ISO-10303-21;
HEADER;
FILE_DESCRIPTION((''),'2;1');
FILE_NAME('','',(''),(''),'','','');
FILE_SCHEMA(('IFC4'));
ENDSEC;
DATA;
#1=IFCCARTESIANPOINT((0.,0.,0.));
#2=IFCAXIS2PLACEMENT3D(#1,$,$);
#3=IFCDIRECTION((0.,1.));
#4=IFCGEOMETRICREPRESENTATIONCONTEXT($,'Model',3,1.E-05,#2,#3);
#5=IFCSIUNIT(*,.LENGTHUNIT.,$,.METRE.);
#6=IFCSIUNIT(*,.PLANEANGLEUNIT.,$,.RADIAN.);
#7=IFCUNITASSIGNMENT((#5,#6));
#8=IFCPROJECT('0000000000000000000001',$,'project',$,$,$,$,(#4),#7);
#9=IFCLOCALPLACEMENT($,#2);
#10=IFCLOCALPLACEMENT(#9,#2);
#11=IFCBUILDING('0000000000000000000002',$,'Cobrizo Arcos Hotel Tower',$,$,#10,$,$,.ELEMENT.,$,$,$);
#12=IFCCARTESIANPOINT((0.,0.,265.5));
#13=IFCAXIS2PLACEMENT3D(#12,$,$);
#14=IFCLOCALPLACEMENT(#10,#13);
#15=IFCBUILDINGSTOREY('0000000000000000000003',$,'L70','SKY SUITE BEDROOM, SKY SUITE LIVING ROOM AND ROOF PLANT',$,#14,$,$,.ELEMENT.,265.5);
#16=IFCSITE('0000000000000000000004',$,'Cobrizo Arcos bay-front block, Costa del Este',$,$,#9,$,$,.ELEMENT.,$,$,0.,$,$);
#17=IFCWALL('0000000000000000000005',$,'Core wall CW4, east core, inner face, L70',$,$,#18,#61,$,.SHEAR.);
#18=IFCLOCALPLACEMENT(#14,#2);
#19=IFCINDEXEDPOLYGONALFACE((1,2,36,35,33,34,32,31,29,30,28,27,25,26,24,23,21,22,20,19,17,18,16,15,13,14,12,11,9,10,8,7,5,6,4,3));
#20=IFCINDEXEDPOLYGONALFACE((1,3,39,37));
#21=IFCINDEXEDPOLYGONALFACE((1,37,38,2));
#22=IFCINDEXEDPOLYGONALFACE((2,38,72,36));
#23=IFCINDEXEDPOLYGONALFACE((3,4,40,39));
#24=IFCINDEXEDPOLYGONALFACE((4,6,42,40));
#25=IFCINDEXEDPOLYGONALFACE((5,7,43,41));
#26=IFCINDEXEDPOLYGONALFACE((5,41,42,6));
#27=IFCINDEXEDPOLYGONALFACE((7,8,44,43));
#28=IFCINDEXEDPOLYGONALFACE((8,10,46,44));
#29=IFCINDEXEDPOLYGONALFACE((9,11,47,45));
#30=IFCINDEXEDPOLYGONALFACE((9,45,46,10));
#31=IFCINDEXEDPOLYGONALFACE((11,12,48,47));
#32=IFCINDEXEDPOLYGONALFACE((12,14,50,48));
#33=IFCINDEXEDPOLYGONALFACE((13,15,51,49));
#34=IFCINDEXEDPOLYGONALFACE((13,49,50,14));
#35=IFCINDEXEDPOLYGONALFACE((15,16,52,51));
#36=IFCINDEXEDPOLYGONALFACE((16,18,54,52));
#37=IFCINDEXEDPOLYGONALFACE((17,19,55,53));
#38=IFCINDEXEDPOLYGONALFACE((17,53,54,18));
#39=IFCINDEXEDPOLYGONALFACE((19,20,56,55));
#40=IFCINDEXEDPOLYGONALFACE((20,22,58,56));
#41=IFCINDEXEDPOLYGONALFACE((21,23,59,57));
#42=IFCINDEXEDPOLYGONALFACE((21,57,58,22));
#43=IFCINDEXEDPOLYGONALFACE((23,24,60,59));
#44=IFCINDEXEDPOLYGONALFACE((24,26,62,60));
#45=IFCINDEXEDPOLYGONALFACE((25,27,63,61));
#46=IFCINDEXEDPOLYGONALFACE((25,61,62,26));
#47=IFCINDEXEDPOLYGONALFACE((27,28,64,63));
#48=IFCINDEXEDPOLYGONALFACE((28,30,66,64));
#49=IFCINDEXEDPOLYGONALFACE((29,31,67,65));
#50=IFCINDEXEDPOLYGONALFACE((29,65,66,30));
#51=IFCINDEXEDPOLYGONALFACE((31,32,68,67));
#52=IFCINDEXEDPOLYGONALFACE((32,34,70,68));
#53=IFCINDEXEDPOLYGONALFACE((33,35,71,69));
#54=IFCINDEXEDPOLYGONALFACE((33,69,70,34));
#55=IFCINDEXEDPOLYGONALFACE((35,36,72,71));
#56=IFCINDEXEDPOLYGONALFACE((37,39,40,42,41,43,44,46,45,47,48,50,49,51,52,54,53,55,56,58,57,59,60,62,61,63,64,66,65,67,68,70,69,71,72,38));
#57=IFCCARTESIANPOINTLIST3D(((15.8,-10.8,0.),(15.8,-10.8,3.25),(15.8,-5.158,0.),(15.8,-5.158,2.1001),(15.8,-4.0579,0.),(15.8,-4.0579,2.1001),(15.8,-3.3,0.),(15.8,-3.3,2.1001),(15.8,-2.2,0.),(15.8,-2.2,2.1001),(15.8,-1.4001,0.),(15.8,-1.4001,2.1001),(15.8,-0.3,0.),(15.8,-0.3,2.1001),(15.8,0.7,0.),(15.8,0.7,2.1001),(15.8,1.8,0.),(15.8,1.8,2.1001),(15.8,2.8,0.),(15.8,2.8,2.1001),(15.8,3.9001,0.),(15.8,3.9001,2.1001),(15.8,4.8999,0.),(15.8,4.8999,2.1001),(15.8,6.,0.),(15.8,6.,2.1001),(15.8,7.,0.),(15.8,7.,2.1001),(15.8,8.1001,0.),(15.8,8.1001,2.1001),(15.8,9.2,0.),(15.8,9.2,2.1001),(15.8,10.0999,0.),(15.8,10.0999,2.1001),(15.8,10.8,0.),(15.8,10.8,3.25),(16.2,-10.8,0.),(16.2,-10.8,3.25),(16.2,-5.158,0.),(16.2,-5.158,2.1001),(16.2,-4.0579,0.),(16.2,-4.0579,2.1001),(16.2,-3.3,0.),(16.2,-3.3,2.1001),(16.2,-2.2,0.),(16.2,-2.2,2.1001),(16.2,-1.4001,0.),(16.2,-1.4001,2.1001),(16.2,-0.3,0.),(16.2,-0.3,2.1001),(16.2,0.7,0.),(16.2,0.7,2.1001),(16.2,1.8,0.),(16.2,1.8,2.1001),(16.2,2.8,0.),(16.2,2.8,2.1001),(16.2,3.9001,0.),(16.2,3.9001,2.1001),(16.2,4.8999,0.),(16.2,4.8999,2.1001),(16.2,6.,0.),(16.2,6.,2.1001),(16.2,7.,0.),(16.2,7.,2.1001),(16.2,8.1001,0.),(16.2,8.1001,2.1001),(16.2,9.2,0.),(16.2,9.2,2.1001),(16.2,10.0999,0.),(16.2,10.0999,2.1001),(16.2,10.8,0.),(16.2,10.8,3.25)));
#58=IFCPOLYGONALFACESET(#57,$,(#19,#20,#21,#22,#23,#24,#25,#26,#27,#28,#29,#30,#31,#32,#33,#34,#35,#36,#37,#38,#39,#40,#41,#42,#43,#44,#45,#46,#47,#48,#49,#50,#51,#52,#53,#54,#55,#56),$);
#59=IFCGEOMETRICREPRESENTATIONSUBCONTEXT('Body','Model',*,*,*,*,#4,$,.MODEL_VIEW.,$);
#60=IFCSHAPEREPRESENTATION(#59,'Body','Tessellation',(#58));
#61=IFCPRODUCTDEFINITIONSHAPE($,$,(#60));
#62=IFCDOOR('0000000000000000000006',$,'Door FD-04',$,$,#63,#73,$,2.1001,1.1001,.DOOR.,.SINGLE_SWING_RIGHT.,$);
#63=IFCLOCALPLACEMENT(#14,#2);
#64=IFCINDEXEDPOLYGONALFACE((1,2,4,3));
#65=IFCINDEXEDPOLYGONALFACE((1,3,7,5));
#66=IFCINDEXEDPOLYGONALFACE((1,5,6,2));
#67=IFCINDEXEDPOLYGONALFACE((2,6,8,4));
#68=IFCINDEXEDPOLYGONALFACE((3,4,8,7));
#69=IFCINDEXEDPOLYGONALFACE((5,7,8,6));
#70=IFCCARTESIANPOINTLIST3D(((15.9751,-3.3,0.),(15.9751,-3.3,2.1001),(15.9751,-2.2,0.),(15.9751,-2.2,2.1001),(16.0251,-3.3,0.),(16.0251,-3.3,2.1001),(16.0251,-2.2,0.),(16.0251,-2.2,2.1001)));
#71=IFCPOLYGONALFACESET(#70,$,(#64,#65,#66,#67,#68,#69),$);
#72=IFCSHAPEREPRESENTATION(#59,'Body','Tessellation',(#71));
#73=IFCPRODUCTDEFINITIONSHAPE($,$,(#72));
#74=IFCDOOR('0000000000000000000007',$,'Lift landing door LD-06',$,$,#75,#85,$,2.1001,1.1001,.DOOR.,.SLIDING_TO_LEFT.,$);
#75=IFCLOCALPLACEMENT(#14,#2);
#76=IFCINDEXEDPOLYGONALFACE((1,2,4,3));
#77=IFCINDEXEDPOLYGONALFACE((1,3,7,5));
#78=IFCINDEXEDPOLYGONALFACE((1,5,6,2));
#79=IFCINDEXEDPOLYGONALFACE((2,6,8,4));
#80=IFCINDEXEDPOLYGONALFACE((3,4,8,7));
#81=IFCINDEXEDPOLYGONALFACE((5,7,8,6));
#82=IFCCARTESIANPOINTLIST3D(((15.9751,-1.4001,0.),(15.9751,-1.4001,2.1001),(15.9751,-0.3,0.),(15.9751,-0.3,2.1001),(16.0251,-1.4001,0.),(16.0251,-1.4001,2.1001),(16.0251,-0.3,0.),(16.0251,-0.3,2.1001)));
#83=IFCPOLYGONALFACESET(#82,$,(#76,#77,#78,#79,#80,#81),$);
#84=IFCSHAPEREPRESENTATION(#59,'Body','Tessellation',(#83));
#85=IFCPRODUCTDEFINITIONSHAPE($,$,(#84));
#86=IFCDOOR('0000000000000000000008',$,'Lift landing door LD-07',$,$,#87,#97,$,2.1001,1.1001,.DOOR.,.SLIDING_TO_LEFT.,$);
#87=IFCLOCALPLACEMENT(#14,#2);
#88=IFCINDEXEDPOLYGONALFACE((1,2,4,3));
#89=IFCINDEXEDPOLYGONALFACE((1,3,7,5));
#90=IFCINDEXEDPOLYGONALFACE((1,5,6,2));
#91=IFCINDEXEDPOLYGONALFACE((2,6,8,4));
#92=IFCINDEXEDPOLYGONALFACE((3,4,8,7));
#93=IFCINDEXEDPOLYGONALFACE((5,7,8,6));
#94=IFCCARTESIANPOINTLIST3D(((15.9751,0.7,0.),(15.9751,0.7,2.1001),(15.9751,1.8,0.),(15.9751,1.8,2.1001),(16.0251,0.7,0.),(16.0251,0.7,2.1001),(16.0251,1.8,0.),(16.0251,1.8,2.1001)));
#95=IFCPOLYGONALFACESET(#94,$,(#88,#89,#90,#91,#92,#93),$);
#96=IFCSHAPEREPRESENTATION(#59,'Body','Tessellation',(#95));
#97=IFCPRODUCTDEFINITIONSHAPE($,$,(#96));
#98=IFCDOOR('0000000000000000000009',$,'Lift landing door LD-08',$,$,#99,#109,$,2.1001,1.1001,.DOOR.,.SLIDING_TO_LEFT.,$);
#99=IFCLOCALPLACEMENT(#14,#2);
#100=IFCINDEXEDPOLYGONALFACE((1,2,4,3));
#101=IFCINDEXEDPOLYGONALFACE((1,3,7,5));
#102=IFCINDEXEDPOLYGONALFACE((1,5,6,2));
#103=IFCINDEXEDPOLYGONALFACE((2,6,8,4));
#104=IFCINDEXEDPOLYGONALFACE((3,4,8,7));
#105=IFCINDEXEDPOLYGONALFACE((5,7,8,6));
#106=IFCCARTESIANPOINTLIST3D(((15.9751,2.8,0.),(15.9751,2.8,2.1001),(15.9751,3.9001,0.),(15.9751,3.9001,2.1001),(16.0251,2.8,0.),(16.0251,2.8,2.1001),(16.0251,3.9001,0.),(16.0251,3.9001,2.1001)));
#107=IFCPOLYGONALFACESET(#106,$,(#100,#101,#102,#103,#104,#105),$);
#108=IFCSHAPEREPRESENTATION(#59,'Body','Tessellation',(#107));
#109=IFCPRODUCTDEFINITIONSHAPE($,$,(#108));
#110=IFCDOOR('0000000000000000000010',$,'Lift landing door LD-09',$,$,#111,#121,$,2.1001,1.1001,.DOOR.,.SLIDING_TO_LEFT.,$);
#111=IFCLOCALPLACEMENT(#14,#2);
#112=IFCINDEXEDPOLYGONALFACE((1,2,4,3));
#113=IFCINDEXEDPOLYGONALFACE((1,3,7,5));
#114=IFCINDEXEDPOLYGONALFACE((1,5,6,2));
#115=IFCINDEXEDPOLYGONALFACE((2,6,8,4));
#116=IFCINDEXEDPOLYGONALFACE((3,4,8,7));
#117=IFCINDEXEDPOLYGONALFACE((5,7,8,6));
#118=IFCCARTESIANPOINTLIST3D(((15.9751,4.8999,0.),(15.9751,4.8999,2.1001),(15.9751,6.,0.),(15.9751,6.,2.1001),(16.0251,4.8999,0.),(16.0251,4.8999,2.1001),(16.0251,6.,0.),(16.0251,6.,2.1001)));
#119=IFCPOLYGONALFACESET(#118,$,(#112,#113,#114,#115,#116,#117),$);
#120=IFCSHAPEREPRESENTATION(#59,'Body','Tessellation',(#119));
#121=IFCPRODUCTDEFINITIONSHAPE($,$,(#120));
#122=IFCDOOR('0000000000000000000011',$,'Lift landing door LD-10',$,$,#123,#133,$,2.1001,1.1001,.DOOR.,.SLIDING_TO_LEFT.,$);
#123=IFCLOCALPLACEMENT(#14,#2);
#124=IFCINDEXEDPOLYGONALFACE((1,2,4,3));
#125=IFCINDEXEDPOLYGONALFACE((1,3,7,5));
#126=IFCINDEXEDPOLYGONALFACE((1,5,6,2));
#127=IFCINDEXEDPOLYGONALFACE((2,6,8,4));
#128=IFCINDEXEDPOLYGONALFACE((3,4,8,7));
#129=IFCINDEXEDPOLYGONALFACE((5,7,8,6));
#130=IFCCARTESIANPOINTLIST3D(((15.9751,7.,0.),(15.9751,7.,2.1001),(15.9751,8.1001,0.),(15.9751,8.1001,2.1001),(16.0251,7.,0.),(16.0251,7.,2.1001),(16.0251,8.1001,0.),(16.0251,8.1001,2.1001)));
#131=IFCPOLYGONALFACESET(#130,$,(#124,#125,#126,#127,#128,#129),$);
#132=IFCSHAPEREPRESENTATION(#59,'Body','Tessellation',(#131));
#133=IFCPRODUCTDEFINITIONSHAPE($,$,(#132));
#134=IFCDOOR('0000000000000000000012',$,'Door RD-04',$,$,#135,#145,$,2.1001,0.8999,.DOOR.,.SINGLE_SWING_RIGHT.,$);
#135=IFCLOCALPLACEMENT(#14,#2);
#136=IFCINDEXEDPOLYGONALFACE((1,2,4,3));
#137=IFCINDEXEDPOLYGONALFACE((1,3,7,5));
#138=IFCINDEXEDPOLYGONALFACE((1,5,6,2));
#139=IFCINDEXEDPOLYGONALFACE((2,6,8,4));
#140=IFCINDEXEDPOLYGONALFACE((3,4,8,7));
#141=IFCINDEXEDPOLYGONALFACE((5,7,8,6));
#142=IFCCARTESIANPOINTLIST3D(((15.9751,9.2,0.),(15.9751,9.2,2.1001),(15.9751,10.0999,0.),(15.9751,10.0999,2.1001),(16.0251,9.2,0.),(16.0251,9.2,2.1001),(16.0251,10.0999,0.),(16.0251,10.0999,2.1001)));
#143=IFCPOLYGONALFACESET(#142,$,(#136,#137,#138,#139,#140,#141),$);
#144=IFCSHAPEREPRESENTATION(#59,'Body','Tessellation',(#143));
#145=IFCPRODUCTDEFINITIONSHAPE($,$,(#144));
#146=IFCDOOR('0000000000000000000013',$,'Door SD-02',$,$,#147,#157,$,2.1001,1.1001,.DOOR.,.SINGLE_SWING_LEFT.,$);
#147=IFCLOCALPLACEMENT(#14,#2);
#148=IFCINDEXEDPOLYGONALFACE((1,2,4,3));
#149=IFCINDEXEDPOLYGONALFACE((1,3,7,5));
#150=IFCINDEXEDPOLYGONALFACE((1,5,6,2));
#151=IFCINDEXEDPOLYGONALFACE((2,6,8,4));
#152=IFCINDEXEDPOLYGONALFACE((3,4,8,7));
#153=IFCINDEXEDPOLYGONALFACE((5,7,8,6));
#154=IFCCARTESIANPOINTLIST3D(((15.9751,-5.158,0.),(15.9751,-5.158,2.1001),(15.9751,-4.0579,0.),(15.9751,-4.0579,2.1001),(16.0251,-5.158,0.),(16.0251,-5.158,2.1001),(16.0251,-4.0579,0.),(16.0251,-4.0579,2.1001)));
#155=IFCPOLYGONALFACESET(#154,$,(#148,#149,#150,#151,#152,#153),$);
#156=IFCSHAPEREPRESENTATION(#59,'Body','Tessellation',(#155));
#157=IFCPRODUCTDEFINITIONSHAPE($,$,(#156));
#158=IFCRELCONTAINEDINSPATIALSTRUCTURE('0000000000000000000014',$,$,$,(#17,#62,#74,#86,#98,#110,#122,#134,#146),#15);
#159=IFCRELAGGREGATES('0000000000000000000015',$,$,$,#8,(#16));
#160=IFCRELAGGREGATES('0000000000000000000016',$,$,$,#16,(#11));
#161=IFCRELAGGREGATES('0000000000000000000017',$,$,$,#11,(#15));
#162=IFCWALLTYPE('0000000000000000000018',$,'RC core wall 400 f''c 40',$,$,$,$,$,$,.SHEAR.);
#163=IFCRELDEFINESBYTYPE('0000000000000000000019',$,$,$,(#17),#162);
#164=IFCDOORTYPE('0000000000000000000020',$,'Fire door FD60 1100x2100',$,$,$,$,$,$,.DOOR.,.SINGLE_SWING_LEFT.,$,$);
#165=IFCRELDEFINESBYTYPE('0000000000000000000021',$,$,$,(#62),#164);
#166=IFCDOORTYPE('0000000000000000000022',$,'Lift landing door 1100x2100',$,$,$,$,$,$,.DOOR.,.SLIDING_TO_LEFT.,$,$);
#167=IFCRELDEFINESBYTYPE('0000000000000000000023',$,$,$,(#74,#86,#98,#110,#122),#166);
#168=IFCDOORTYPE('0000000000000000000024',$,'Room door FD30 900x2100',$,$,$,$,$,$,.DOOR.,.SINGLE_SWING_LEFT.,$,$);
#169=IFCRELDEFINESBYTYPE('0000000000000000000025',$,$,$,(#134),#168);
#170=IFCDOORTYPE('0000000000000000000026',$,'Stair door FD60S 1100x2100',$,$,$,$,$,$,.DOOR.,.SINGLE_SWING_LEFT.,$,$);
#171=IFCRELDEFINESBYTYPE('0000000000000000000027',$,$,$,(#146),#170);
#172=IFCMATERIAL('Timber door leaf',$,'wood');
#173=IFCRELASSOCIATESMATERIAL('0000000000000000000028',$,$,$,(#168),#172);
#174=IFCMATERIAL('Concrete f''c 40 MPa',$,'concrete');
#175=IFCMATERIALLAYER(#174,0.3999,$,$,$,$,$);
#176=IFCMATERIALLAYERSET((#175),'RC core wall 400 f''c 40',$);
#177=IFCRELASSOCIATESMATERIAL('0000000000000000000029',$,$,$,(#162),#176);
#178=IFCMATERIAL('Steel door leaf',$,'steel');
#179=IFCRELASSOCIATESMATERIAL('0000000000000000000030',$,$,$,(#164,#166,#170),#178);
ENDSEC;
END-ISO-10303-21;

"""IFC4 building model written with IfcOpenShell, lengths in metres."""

from ifc_helpers import new_model, si_unit, direction, frame, frame_2d, origin, place, context, subcontext, project, spatial, rectangle, extrude, material, layer, layer_set, type_object, element, fill, save


model = new_model("IFC4")

# Units and contexts
model_context = context("Model", 3, precision=1e-05, world=origin(), true_north=direction((0.0, 1.0)))
body_context = subcontext(model_context, "Body", "Model", "MODEL_VIEW")
ifc_project = project(units=[si_unit("LENGTHUNIT", "METRE"), si_unit("PLANEANGLEUNIT", "RADIAN")], contexts=[model_context])

# Site, building, storey
site_placement = place(None, origin())
site = spatial("IfcSite", under=ifc_project, at=site_placement, Name="Cobrizo Arcos bay-front block, Costa del Este", CompositionType="ELEMENT", RefElevation=0.0)
building_placement = place(site_placement, origin())
building = spatial("IfcBuilding", under=site, at=building_placement, Name="Cobrizo Arcos Hotel Tower", CompositionType="ELEMENT")
storey_placement = place(building_placement, frame((0.0, 0.0, 265.5)))
storey = spatial("IfcBuildingStorey", under=building, at=storey_placement, Name="L70", Description="SKY SUITE BEDROOM, SKY SUITE LIVING ROOM AND ROOF PLANT", CompositionType="ELEMENT", Elevation=265.5)

# Shared definitions
ifc_material_1 = material(Name="Timber door leaf", Category="wood")
door_type_1 = type_object("IfcDoorType", Name="Room door FD30 900x2100", OperationType="SINGLE_SWING_LEFT", PredefinedType="DOOR", material=ifc_material_1)

# Wall, openings, doors
ifc_material_2 = material(Name="Concrete f'c 40 MPa", Category="concrete")
ifc_layer_1 = layer(ifc_material_2, 0.3999)
ifc_layer_set_1 = layer_set([ifc_layer_1], Name="RC core wall 400 f'c 40")
wall_type_1 = type_object("IfcWallType", Name="RC core wall 400 f'c 40", PredefinedType="SHEAR", material=ifc_layer_set_1)
wall_1_placement = place(storey_placement, frame((16.0, -10.8, 0.0), z_axis=(0.0, 0.0, 1.0), x_axis=(0.0, 1.0, 0.0)))
wall_1 = element("IfcWall", 1, at=wall_1_placement, inside=storey, type_object=wall_type_1, Name="Core wall CW4, east core, inner face, L70", PredefinedType="SHEAR", context=body_context, shape_type="SweptSolid", body=[
    extrude(rectangle(XDim=21.6001, YDim=0.3999, at=frame_2d((10.8, 0.0))), origin(), (0.0, 0.0, 1.0), 3.25),
])
opening_1_placement = place(wall_1_placement, frame((9.3999, 0.0, 0.0)))
opening_1 = element("IfcOpeningElement", 2, at=opening_1_placement, cuts=wall_1, PredefinedType="OPENING", context=body_context, shape_type="SweptSolid", body=[
    extrude(rectangle(XDim=1.1001, YDim=2.1001, at=frame_2d((0.55, 1.05))), frame((0.0, 0.2119, 0.0), z_axis=(0.0, -1.0, 0.0), x_axis=(1.0, 0.0, 0.0)), (0.0, 0.0, 1.0), 0.4238),
])
opening_2_placement = place(wall_1_placement, frame((11.5, 0.0, 0.0)))
opening_2 = element("IfcOpeningElement", 3, at=opening_2_placement, cuts=wall_1, PredefinedType="OPENING", context=body_context, shape_type="SweptSolid", body=[
    extrude(rectangle(XDim=1.1001, YDim=2.1001, at=frame_2d((0.55, 1.05))), frame((0.0, 0.2119, 0.0), z_axis=(0.0, -1.0, 0.0), x_axis=(1.0, 0.0, 0.0)), (0.0, 0.0, 1.0), 0.4238),
])
opening_3_placement = place(wall_1_placement, frame((13.6001, 0.0, 0.0)))
opening_3 = element("IfcOpeningElement", 4, at=opening_3_placement, cuts=wall_1, PredefinedType="OPENING", context=body_context, shape_type="SweptSolid", body=[
    extrude(rectangle(XDim=1.1001, YDim=2.1001, at=frame_2d((0.55, 1.05))), frame((0.0, 0.2119, 0.0), z_axis=(0.0, -1.0, 0.0), x_axis=(1.0, 0.0, 0.0)), (0.0, 0.0, 1.0), 0.4238),
])
opening_4_placement = place(wall_1_placement, frame((15.7, 0.0, 0.0)))
opening_4 = element("IfcOpeningElement", 5, at=opening_4_placement, cuts=wall_1, PredefinedType="OPENING", context=body_context, shape_type="SweptSolid", body=[
    extrude(rectangle(XDim=1.1001, YDim=2.1001, at=frame_2d((0.55, 1.05))), frame((0.0, 0.2119, 0.0), z_axis=(0.0, -1.0, 0.0), x_axis=(1.0, 0.0, 0.0)), (0.0, 0.0, 1.0), 0.4238),
])
opening_5_placement = place(wall_1_placement, frame((17.8, 0.0, 0.0)))
opening_5 = element("IfcOpeningElement", 6, at=opening_5_placement, cuts=wall_1, PredefinedType="OPENING", context=body_context, shape_type="SweptSolid", body=[
    extrude(rectangle(XDim=1.1001, YDim=2.1001, at=frame_2d((0.55, 1.05))), frame((0.0, 0.2119, 0.0), z_axis=(0.0, -1.0, 0.0), x_axis=(1.0, 0.0, 0.0)), (0.0, 0.0, 1.0), 0.4238),
])
opening_6_placement = place(wall_1_placement, frame((5.6421, 0.0, 0.0)))
opening_6 = element("IfcOpeningElement", 7, at=opening_6_placement, cuts=wall_1, PredefinedType="OPENING", context=body_context, shape_type="SweptSolid", body=[
    extrude(rectangle(XDim=1.1001, YDim=2.1001, at=frame_2d((0.55, 1.05))), frame((0.0, 0.2119, 0.0), z_axis=(0.0, -1.0, 0.0), x_axis=(1.0, 0.0, 0.0)), (0.0, 0.0, 1.0), 0.4238),
])
opening_7_placement = place(wall_1_placement, frame((7.5, 0.0, 0.0)))
opening_7 = element("IfcOpeningElement", 8, at=opening_7_placement, cuts=wall_1, PredefinedType="OPENING", context=body_context, shape_type="SweptSolid", body=[
    extrude(rectangle(XDim=1.1001, YDim=2.1001, at=frame_2d((0.55, 1.05))), frame((0.0, 0.2119, 0.0), z_axis=(0.0, -1.0, 0.0), x_axis=(1.0, 0.0, 0.0)), (0.0, 0.0, 1.0), 0.4238),
])
opening_8_placement = place(wall_1_placement, frame((20.0, 0.0, 0.0)))
opening_8 = element("IfcOpeningElement", 9, at=opening_8_placement, cuts=wall_1, PredefinedType="OPENING", context=body_context, shape_type="SweptSolid", body=[
    extrude(rectangle(XDim=0.8999, YDim=2.1001, at=frame_2d((0.45, 1.05))), frame((0.0, 0.2119, 0.0), z_axis=(0.0, -1.0, 0.0), x_axis=(1.0, 0.0, 0.0)), (0.0, 0.0, 1.0), 0.4238),
])
ifc_material_3 = material(Name="Steel door leaf", Category="steel")
door_type_2 = type_object("IfcDoorType", Name="Fire door FD60 1100x2100", OperationType="SINGLE_SWING_LEFT", PredefinedType="DOOR", material=ifc_material_3)
door_1_placement = place(opening_7_placement, origin())
door_1 = element("IfcDoor", 10, at=door_1_placement, inside=storey, type_object=door_type_2, Name="Door FD-04", OperationType="SINGLE_SWING_RIGHT", OverallHeight=2.1001, OverallWidth=1.1001, PredefinedType="DOOR", context=body_context, shape_type="SweptSolid", body=[
    extrude(rectangle(XDim=1.1001, YDim=2.1001, at=frame_2d((0.55, 1.05))), frame((0.0, 0.0249, 0.0), z_axis=(0.0, -1.0, 0.0), x_axis=(1.0, 0.0, 0.0)), (0.0, 0.0, 1.0), 0.05),
])
fill(opening_7, door_1)
door_type_3 = type_object("IfcDoorType", Name="Lift landing door 1100x2100", OperationType="SLIDING_TO_LEFT", PredefinedType="DOOR", material=ifc_material_3)
door_2_placement = place(opening_1_placement, origin())
door_2 = element("IfcDoor", 11, at=door_2_placement, inside=storey, type_object=door_type_3, Name="Lift landing door LD-06", OperationType="SLIDING_TO_LEFT", OverallHeight=2.1001, OverallWidth=1.1001, PredefinedType="DOOR", context=body_context, shape_type="SweptSolid", body=[
    extrude(rectangle(XDim=1.1001, YDim=2.1001, at=frame_2d((0.55, 1.05))), frame((0.0, 0.0249, 0.0), z_axis=(0.0, -1.0, 0.0), x_axis=(1.0, 0.0, 0.0)), (0.0, 0.0, 1.0), 0.05),
])
fill(opening_1, door_2)
door_3_placement = place(opening_2_placement, origin())
door_3 = element("IfcDoor", 12, at=door_3_placement, inside=storey, type_object=door_type_3, Name="Lift landing door LD-07", OperationType="SLIDING_TO_LEFT", OverallHeight=2.1001, OverallWidth=1.1001, PredefinedType="DOOR", context=body_context, shape_type="SweptSolid", body=[
    extrude(rectangle(XDim=1.1001, YDim=2.1001, at=frame_2d((0.55, 1.05))), frame((0.0, 0.0249, 0.0), z_axis=(0.0, -1.0, 0.0), x_axis=(1.0, 0.0, 0.0)), (0.0, 0.0, 1.0), 0.05),
])
fill(opening_2, door_3)
door_4_placement = place(opening_3_placement, origin())
door_4 = element("IfcDoor", 13, at=door_4_placement, inside=storey, type_object=door_type_3, Name="Lift landing door LD-08", OperationType="SLIDING_TO_LEFT", OverallHeight=2.1001, OverallWidth=1.1001, PredefinedType="DOOR", context=body_context, shape_type="SweptSolid", body=[
    extrude(rectangle(XDim=1.1001, YDim=2.1001, at=frame_2d((0.55, 1.05))), frame((0.0, 0.0249, 0.0), z_axis=(0.0, -1.0, 0.0), x_axis=(1.0, 0.0, 0.0)), (0.0, 0.0, 1.0), 0.05),
])
fill(opening_3, door_4)
door_5_placement = place(opening_4_placement, origin())
door_5 = element("IfcDoor", 14, at=door_5_placement, inside=storey, type_object=door_type_3, Name="Lift landing door LD-09", OperationType="SLIDING_TO_LEFT", OverallHeight=2.1001, OverallWidth=1.1001, PredefinedType="DOOR", context=body_context, shape_type="SweptSolid", body=[
    extrude(rectangle(XDim=1.1001, YDim=2.1001, at=frame_2d((0.55, 1.05))), frame((0.0, 0.0249, 0.0), z_axis=(0.0, -1.0, 0.0), x_axis=(1.0, 0.0, 0.0)), (0.0, 0.0, 1.0), 0.05),
])
fill(opening_4, door_5)
door_6_placement = place(opening_5_placement, origin())
door_6 = element("IfcDoor", 15, at=door_6_placement, inside=storey, type_object=door_type_3, Name="Lift landing door LD-10", OperationType="SLIDING_TO_LEFT", OverallHeight=2.1001, OverallWidth=1.1001, PredefinedType="DOOR", context=body_context, shape_type="SweptSolid", body=[
    extrude(rectangle(XDim=1.1001, YDim=2.1001, at=frame_2d((0.55, 1.05))), frame((0.0, 0.0249, 0.0), z_axis=(0.0, -1.0, 0.0), x_axis=(1.0, 0.0, 0.0)), (0.0, 0.0, 1.0), 0.05),
])
fill(opening_5, door_6)
door_7_placement = place(opening_8_placement, origin())
door_7 = element("IfcDoor", 16, at=door_7_placement, inside=storey, type_object=door_type_1, Name="Door RD-04", OperationType="SINGLE_SWING_RIGHT", OverallHeight=2.1001, OverallWidth=0.8999, PredefinedType="DOOR", context=body_context, shape_type="SweptSolid", body=[
    extrude(rectangle(XDim=0.8999, YDim=2.1001, at=frame_2d((0.45, 1.05))), frame((0.0, 0.0249, 0.0), z_axis=(0.0, -1.0, 0.0), x_axis=(1.0, 0.0, 0.0)), (0.0, 0.0, 1.0), 0.05),
])
fill(opening_8, door_7)
door_type_4 = type_object("IfcDoorType", Name="Stair door FD60S 1100x2100", OperationType="SINGLE_SWING_LEFT", PredefinedType="DOOR", material=ifc_material_3)
door_8_placement = place(opening_6_placement, origin())
door_8 = element("IfcDoor", 17, at=door_8_placement, inside=storey, type_object=door_type_4, Name="Door SD-02", OperationType="SINGLE_SWING_LEFT", OverallHeight=2.1001, OverallWidth=1.1001, PredefinedType="DOOR", context=body_context, shape_type="SweptSolid", body=[
    extrude(rectangle(XDim=1.1001, YDim=2.1001, at=frame_2d((0.55, 1.05))), frame((0.0, 0.0249, 0.0), z_axis=(0.0, -1.0, 0.0), x_axis=(1.0, 0.0, 0.0)), (0.0, 0.0, 1.0), 0.05),
])
fill(opening_6, door_8)

save(model, "model.ifc")
